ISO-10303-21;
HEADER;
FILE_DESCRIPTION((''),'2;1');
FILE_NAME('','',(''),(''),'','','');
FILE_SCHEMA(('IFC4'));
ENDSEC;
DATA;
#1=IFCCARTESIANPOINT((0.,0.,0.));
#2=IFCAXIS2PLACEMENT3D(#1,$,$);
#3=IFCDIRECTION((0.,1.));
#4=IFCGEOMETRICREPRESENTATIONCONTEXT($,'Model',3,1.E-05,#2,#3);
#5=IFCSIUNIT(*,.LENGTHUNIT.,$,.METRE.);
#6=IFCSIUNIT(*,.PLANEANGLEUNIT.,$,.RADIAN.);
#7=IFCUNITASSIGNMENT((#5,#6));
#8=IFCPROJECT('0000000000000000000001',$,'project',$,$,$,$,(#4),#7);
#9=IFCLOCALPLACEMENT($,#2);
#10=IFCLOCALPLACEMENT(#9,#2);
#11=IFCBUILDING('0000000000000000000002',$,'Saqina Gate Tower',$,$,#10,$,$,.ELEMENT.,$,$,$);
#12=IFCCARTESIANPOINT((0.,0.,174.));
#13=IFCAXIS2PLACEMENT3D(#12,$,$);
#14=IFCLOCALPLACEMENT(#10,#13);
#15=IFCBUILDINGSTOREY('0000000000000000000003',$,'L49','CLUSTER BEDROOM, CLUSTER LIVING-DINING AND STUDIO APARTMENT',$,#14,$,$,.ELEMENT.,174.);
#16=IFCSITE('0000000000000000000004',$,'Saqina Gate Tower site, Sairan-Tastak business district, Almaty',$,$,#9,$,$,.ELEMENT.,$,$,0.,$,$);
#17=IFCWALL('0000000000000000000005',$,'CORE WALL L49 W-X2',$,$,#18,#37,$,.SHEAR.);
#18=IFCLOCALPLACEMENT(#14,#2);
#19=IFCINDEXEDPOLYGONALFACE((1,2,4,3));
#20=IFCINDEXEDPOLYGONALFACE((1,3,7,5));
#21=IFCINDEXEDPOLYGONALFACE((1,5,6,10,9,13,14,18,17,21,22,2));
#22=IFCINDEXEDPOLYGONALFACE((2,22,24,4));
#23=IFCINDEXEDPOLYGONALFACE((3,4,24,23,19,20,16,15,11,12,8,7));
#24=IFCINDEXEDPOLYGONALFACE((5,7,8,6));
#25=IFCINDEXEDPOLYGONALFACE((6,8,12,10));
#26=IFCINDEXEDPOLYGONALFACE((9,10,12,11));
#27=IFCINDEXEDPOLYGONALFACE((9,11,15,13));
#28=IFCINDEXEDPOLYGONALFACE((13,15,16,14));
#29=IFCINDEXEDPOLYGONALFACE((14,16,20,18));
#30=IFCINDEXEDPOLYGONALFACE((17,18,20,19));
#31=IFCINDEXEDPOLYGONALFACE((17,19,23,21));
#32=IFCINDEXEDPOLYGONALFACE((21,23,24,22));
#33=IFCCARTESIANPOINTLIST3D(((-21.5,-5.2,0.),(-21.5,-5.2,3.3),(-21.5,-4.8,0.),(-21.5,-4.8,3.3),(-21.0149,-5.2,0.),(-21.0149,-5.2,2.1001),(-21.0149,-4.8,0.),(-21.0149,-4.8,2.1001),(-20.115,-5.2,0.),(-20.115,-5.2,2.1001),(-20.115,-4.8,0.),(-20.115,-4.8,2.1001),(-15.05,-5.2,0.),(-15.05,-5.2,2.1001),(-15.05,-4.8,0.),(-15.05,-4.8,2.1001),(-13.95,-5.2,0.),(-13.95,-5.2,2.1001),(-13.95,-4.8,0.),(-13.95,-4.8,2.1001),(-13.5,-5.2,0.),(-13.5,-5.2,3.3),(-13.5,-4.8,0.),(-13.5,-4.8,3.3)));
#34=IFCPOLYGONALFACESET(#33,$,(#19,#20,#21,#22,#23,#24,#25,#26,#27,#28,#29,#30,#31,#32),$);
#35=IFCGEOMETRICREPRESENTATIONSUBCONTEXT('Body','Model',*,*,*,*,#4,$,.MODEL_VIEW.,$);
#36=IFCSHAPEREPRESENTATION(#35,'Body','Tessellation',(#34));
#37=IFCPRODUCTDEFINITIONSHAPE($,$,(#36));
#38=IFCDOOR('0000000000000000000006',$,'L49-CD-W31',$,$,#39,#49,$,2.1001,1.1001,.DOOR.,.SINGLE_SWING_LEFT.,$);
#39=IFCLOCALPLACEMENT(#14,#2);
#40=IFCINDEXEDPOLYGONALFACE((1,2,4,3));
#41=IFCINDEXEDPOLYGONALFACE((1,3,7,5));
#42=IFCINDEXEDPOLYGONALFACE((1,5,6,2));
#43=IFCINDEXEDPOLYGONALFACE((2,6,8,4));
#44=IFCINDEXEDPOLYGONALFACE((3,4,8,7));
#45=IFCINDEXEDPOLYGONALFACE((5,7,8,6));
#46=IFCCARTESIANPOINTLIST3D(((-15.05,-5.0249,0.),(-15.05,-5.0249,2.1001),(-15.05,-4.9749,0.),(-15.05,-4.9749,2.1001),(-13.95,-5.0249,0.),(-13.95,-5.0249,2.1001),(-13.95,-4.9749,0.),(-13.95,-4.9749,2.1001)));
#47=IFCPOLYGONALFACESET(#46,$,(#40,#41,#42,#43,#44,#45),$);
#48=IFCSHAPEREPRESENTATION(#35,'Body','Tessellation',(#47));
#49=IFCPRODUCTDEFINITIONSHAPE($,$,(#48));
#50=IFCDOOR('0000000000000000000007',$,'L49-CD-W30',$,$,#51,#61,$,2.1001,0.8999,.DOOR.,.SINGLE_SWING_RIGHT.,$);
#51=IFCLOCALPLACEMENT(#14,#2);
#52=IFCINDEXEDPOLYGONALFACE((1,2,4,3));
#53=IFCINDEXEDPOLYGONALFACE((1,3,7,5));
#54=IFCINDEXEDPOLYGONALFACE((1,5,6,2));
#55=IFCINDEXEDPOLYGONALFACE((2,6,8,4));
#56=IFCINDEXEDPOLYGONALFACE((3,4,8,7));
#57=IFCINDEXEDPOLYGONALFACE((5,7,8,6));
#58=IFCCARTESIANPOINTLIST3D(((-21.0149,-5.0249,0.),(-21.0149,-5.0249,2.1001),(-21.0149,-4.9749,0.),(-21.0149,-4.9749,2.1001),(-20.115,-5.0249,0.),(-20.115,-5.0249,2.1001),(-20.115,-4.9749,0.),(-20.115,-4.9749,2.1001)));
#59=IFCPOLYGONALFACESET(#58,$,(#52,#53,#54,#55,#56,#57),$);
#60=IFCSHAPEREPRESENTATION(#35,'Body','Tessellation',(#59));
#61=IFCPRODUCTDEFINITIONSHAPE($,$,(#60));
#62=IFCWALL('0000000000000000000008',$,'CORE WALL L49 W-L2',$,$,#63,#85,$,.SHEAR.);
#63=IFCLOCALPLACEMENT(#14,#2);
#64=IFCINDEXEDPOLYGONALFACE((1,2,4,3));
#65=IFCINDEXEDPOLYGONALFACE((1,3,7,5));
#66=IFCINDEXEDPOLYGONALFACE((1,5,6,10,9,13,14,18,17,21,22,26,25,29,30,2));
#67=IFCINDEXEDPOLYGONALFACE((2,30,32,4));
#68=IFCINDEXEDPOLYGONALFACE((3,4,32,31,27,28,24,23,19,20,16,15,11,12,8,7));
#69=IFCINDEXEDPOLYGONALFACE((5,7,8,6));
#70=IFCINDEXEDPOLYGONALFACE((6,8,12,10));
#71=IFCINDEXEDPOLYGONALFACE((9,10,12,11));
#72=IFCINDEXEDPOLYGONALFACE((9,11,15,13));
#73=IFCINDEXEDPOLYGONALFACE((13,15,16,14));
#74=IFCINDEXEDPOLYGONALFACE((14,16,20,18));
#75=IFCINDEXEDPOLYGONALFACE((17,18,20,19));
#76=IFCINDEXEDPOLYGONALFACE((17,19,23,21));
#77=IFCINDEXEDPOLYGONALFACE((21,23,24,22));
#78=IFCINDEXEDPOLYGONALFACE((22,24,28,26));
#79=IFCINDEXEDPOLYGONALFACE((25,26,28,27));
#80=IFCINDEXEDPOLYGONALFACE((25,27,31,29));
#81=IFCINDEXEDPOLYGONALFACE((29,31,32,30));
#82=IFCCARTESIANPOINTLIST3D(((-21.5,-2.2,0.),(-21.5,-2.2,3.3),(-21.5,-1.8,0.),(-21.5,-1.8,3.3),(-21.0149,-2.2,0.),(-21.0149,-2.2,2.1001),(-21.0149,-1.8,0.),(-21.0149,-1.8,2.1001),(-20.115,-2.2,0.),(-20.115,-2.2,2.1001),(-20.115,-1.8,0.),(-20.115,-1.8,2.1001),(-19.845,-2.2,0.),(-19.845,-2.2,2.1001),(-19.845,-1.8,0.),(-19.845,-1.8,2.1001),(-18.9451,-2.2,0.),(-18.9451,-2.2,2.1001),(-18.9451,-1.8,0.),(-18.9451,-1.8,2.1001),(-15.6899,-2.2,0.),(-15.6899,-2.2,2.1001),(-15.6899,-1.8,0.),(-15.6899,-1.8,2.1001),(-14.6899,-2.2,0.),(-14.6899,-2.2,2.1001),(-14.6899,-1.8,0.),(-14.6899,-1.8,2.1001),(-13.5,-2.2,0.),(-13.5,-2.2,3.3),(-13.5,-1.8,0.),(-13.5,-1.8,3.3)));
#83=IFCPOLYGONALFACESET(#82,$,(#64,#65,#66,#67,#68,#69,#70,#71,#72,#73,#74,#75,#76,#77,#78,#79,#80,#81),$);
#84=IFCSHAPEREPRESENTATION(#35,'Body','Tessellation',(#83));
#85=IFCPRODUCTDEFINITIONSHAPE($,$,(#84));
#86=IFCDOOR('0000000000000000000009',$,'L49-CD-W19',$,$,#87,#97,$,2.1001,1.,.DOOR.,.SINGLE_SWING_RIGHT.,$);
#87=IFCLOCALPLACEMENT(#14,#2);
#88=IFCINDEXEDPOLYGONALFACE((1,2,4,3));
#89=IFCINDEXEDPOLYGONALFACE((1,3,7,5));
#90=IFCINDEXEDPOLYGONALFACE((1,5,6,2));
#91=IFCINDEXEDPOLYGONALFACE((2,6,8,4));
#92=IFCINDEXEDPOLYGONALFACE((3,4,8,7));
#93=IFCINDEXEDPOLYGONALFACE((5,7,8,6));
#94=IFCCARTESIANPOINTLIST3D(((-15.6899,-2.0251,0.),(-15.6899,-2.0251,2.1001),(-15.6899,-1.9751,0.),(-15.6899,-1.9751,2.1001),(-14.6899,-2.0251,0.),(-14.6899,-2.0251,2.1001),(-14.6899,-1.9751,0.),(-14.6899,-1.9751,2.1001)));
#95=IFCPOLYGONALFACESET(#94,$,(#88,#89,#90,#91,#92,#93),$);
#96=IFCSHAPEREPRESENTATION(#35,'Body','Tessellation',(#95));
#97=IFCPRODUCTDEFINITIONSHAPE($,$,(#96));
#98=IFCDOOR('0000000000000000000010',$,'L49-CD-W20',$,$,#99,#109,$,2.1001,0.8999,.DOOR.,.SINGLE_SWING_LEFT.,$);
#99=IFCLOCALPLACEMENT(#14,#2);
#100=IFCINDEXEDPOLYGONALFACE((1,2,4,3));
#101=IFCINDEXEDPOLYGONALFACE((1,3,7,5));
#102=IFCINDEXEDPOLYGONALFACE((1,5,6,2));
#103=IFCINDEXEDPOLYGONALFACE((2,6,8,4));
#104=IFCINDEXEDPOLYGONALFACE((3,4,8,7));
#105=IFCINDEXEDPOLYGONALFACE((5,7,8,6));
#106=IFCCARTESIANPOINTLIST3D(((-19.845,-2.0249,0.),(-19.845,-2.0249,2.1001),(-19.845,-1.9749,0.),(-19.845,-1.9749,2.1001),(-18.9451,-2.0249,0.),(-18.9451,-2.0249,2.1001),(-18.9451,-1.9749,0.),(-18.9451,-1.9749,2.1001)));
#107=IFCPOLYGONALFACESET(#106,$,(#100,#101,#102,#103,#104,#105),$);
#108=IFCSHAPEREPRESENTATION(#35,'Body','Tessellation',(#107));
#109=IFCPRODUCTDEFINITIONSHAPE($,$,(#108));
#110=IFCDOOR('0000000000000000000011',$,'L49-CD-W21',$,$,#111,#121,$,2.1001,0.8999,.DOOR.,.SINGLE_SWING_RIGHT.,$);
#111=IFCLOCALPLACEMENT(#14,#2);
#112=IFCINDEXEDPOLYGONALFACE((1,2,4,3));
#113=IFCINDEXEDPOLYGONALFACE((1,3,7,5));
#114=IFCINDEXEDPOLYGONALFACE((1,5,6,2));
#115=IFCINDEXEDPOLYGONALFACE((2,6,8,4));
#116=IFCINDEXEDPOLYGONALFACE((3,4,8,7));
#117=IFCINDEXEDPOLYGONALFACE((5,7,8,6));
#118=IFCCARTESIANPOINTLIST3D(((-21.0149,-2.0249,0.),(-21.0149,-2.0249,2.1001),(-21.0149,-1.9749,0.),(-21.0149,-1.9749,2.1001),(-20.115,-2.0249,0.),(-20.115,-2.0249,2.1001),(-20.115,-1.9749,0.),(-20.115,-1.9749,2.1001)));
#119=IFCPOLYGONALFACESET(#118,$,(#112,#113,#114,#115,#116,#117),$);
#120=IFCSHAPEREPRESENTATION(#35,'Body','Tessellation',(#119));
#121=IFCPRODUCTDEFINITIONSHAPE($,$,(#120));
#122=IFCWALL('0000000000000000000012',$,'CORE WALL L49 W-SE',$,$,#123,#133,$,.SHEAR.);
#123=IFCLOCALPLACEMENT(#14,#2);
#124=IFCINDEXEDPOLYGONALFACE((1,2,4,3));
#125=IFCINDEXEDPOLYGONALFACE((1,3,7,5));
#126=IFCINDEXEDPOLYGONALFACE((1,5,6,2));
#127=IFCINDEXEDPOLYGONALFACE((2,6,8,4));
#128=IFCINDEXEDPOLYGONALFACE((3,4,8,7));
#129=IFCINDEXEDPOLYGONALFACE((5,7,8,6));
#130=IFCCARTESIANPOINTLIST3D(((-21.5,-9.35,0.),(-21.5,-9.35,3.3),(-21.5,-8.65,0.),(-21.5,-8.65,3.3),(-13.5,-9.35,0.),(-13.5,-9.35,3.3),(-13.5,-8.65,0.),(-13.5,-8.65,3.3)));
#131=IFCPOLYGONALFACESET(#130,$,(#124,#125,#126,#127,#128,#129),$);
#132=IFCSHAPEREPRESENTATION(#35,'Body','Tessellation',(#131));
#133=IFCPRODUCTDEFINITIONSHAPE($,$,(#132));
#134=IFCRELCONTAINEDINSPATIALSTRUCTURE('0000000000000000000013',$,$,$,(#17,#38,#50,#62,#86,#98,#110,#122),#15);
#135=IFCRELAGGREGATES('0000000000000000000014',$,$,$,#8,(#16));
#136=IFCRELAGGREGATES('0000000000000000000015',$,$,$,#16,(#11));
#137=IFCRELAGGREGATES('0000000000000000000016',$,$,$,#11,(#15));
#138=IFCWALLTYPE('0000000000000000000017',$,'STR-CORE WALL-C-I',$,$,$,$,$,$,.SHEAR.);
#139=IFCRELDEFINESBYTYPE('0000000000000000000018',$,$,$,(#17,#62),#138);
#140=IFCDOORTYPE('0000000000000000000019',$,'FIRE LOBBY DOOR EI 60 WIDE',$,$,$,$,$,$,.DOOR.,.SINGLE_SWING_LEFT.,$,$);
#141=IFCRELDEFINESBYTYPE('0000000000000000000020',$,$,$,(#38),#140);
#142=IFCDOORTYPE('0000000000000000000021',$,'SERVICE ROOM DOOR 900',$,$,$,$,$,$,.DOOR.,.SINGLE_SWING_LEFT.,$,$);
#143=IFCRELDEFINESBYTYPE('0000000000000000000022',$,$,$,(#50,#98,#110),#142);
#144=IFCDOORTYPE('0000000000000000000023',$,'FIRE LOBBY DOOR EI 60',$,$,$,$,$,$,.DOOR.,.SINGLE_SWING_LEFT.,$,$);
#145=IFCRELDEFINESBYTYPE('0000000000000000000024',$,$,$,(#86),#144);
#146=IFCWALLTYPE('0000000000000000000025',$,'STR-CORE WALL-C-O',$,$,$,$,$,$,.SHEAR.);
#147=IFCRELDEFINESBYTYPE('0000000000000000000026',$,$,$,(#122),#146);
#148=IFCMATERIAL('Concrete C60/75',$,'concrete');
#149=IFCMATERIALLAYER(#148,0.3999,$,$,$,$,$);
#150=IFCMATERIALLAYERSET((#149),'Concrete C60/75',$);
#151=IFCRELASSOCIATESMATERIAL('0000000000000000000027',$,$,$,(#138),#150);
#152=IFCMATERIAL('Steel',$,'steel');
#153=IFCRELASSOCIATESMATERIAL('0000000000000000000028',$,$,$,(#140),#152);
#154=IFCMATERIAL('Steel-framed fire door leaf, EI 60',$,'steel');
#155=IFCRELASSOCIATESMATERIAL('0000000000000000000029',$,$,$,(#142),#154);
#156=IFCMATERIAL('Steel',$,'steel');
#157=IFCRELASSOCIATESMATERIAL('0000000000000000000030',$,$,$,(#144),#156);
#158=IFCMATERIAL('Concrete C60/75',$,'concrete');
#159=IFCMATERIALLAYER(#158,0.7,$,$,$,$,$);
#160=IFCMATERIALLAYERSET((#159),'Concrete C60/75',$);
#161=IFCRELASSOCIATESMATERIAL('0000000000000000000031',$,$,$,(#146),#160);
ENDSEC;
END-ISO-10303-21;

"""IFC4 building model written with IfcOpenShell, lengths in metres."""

from ifc_helpers import new_model, si_unit, direction, frame, frame_2d, origin, place, context, subcontext, project, spatial, rectangle, extrude, material, layer, layer_set, type_object, element, fill, save


model = new_model("IFC4")

# Units and contexts
model_context = context("Model", 3, precision=1e-05, world=origin(), true_north=direction((0.0, 1.0)))
body_context = subcontext(model_context, "Body", "Model", "MODEL_VIEW")
ifc_project = project(units=[si_unit("LENGTHUNIT", "METRE"), si_unit("PLANEANGLEUNIT", "RADIAN")], contexts=[model_context])

# Site, building, storey
site_placement = place(None, origin())
site = spatial("IfcSite", under=ifc_project, at=site_placement, Name="Saqina Gate Tower site, Sairan-Tastak business district, Almaty", CompositionType="ELEMENT", RefElevation=0.0)
building_placement = place(site_placement, origin())
building = spatial("IfcBuilding", under=site, at=building_placement, Name="Saqina Gate Tower", CompositionType="ELEMENT")
storey_placement = place(building_placement, frame((0.0, 0.0, 174.0)))
storey = spatial("IfcBuildingStorey", under=building, at=storey_placement, Name="L49", Description="CLUSTER BEDROOM, CLUSTER LIVING-DINING AND STUDIO APARTMENT", CompositionType="ELEMENT", Elevation=174.0)

# Walls, openings, doors
ifc_material_1 = material(Name="Concrete C60/75", Category="concrete")
ifc_layer_1 = layer(ifc_material_1, 0.3999)
ifc_layer_set_1 = layer_set([ifc_layer_1], Name="Concrete C60/75")
wall_type_1 = type_object("IfcWallType", Name="STR-CORE WALL-C-I", PredefinedType="SHEAR", material=ifc_layer_set_1)
wall_1_placement = place(storey_placement, frame((-13.5, -5.0, 0.0), z_axis=(0.0, 0.0, 1.0), x_axis=(-1.0, 0.0, 0.0)))
wall_1 = element("IfcWall", 1, at=wall_1_placement, inside=storey, type_object=wall_type_1, Name="CORE WALL L49 W-X2", PredefinedType="SHEAR", context=body_context, shape_type="SweptSolid", body=[
    extrude(rectangle(XDim=8.0, YDim=0.3999, at=frame_2d((4.0, 0.0))), origin(), (0.0, 0.0, 1.0), 3.3),
])
opening_1_placement = place(wall_1_placement, frame((6.615, 0.0, 0.0)))
opening_1 = element("IfcOpeningElement", 2, at=opening_1_placement, cuts=wall_1, PredefinedType="OPENING", context=body_context, shape_type="SweptSolid", body=[
    extrude(rectangle(XDim=0.8999, YDim=2.1001, at=frame_2d((0.45, 1.05))), frame((0.0, 0.2119, 0.0), z_axis=(0.0, -1.0, 0.0), x_axis=(1.0, 0.0, 0.0)), (0.0, 0.0, 1.0), 0.4238),
])
opening_2_placement = place(wall_1_placement, frame((0.45, 0.0, 0.0)))
opening_2 = element("IfcOpeningElement", 3, at=opening_2_placement, cuts=wall_1, PredefinedType="OPENING", context=body_context, shape_type="SweptSolid", body=[
    extrude(rectangle(XDim=1.1001, YDim=2.1001, at=frame_2d((0.55, 1.05))), frame((0.0, 0.2119, 0.0), z_axis=(0.0, -1.0, 0.0), x_axis=(1.0, 0.0, 0.0)), (0.0, 0.0, 1.0), 0.4238),
])
ifc_material_2 = material(Name="Steel", Category="steel")
door_type_1 = type_object("IfcDoorType", Name="FIRE LOBBY DOOR EI 60 WIDE", OperationType="SINGLE_SWING_LEFT", PredefinedType="DOOR", material=ifc_material_2)
door_1_placement = place(opening_2_placement, origin())
door_1 = element("IfcDoor", 4, at=door_1_placement, inside=storey, type_object=door_type_1, Name="L49-CD-W31", OperationType="SINGLE_SWING_LEFT", OverallHeight=2.1001, OverallWidth=1.1001, PredefinedType="DOOR", context=body_context, shape_type="SweptSolid", body=[
    extrude(rectangle(XDim=1.1001, YDim=2.1001, at=frame_2d((0.55, 1.05))), frame((0.0, 0.0249, 0.0), z_axis=(0.0, -1.0, 0.0), x_axis=(1.0, 0.0, 0.0)), (0.0, 0.0, 1.0), 0.05),
])
fill(opening_2, door_1)
ifc_material_3 = material(Name="Steel-framed fire door leaf, EI 60", Category="steel")
door_type_2 = type_object("IfcDoorType", Name="SERVICE ROOM DOOR 900", OperationType="SINGLE_SWING_LEFT", PredefinedType="DOOR", material=ifc_material_3)
door_2_placement = place(opening_1_placement, origin())
door_2 = element("IfcDoor", 5, at=door_2_placement, inside=storey, type_object=door_type_2, Name="L49-CD-W30", OperationType="SINGLE_SWING_RIGHT", OverallHeight=2.1001, OverallWidth=0.8999, PredefinedType="DOOR", context=body_context, shape_type="SweptSolid", body=[
    extrude(rectangle(XDim=0.8999, YDim=2.1001, at=frame_2d((0.45, 1.05))), frame((0.0, 0.0249, 0.0), z_axis=(0.0, -1.0, 0.0), x_axis=(1.0, 0.0, 0.0)), (0.0, 0.0, 1.0), 0.05),
])
fill(opening_1, door_2)
wall_2_placement = place(storey_placement, frame((-13.5, -2.0, 0.0), z_axis=(0.0, 0.0, 1.0), x_axis=(-1.0, 0.0, 0.0)))
wall_2 = element("IfcWall", 6, at=wall_2_placement, inside=storey, type_object=wall_type_1, Name="CORE WALL L49 W-L2", PredefinedType="SHEAR", context=body_context, shape_type="SweptSolid", body=[
    extrude(rectangle(XDim=8.0, YDim=0.3999, at=frame_2d((4.0, 0.0))), origin(), (0.0, 0.0, 1.0), 3.3),
])
opening_3_placement = place(wall_2_placement, frame((1.1899, 0.0, 0.0)))
opening_3 = element("IfcOpeningElement", 7, at=opening_3_placement, cuts=wall_2, PredefinedType="OPENING", context=body_context, shape_type="SweptSolid", body=[
    extrude(rectangle(XDim=1.0, YDim=2.1001, at=frame_2d((0.5, 1.05))), frame((0.0, 0.2119, 0.0), z_axis=(0.0, -1.0, 0.0), x_axis=(1.0, 0.0, 0.0)), (0.0, 0.0, 1.0), 0.4238),
])
opening_4_placement = place(wall_2_placement, frame((5.4451, 0.0, 0.0)))
opening_4 = element("IfcOpeningElement", 8, at=opening_4_placement, cuts=wall_2, PredefinedType="OPENING", context=body_context, shape_type="SweptSolid", body=[
    extrude(rectangle(XDim=0.8999, YDim=2.1001, at=frame_2d((0.45, 1.05))), frame((0.0, 0.2119, 0.0), z_axis=(0.0, -1.0, 0.0), x_axis=(1.0, 0.0, 0.0)), (0.0, 0.0, 1.0), 0.4238),
])
opening_5_placement = place(wall_2_placement, frame((6.615, 0.0, 0.0)))
opening_5 = element("IfcOpeningElement", 9, at=opening_5_placement, cuts=wall_2, PredefinedType="OPENING", context=body_context, shape_type="SweptSolid", body=[
    extrude(rectangle(XDim=0.8999, YDim=2.1001, at=frame_2d((0.45, 1.05))), frame((0.0, 0.2119, 0.0), z_axis=(0.0, -1.0, 0.0), x_axis=(1.0, 0.0, 0.0)), (0.0, 0.0, 1.0), 0.4238),
])
ifc_material_4 = material(Name="Steel", Category="steel")
door_type_3 = type_object("IfcDoorType", Name="FIRE LOBBY DOOR EI 60", OperationType="SINGLE_SWING_LEFT", PredefinedType="DOOR", material=ifc_material_4)
door_3_placement = place(opening_3_placement, frame((1.0, 0.0, 0.0), z_axis=(0.0, 0.0, 1.0), x_axis=(-1.0, 0.0, 0.0)))
door_3 = element("IfcDoor", 10, at=door_3_placement, inside=storey, type_object=door_type_3, Name="L49-CD-W19", OperationType="SINGLE_SWING_RIGHT", OverallHeight=2.1001, OverallWidth=1.0, PredefinedType="DOOR", context=body_context, shape_type="SweptSolid", body=[
    extrude(rectangle(XDim=1.0, YDim=2.1001, at=frame_2d((0.5, 1.05))), frame((0.0, 0.0249, 0.0), z_axis=(0.0, -1.0, 0.0), x_axis=(1.0, 0.0, 0.0)), (0.0, 0.0, 1.0), 0.05),
])
fill(opening_3, door_3)
door_4_placement = place(opening_4_placement, origin())
door_4 = element("IfcDoor", 11, at=door_4_placement, inside=storey, type_object=door_type_2, Name="L49-CD-W20", OperationType="SINGLE_SWING_LEFT", OverallHeight=2.1001, OverallWidth=0.8999, PredefinedType="DOOR", context=body_context, shape_type="SweptSolid", body=[
    extrude(rectangle(XDim=0.8999, YDim=2.1001, at=frame_2d((0.45, 1.05))), frame((0.0, 0.0249, 0.0), z_axis=(0.0, -1.0, 0.0), x_axis=(1.0, 0.0, 0.0)), (0.0, 0.0, 1.0), 0.05),
])
fill(opening_4, door_4)
door_5_placement = place(opening_5_placement, origin())
door_5 = element("IfcDoor", 12, at=door_5_placement, inside=storey, type_object=door_type_2, Name="L49-CD-W21", OperationType="SINGLE_SWING_RIGHT", OverallHeight=2.1001, OverallWidth=0.8999, PredefinedType="DOOR", context=body_context, shape_type="SweptSolid", body=[
    extrude(rectangle(XDim=0.8999, YDim=2.1001, at=frame_2d((0.45, 1.05))), frame((0.0, 0.0249, 0.0), z_axis=(0.0, -1.0, 0.0), x_axis=(1.0, 0.0, 0.0)), (0.0, 0.0, 1.0), 0.05),
])
fill(opening_5, door_5)

# Wall
ifc_material_5 = material(Name="Concrete C60/75", Category="concrete")
ifc_layer_2 = layer(ifc_material_5, 0.7)
ifc_layer_set_2 = layer_set([ifc_layer_2], Name="Concrete C60/75")
wall_type_2 = type_object("IfcWallType", Name="STR-CORE WALL-C-O", PredefinedType="SHEAR", material=ifc_layer_set_2)
wall_3_placement = place(storey_placement, frame((-13.5, -9.0, 0.0), z_axis=(0.0, 0.0, 1.0), x_axis=(-1.0, 0.0, 0.0)))
element("IfcWall", 13, at=wall_3_placement, inside=storey, type_object=wall_type_2, Name="CORE WALL L49 W-SE", PredefinedType="SHEAR", context=body_context, shape_type="SweptSolid", body=[
    extrude(rectangle(XDim=8.0, YDim=0.7, at=frame_2d((4.0, 0.0))), origin(), (0.0, 0.0, 1.0), 3.3),
])

save(model, "model.ifc")
